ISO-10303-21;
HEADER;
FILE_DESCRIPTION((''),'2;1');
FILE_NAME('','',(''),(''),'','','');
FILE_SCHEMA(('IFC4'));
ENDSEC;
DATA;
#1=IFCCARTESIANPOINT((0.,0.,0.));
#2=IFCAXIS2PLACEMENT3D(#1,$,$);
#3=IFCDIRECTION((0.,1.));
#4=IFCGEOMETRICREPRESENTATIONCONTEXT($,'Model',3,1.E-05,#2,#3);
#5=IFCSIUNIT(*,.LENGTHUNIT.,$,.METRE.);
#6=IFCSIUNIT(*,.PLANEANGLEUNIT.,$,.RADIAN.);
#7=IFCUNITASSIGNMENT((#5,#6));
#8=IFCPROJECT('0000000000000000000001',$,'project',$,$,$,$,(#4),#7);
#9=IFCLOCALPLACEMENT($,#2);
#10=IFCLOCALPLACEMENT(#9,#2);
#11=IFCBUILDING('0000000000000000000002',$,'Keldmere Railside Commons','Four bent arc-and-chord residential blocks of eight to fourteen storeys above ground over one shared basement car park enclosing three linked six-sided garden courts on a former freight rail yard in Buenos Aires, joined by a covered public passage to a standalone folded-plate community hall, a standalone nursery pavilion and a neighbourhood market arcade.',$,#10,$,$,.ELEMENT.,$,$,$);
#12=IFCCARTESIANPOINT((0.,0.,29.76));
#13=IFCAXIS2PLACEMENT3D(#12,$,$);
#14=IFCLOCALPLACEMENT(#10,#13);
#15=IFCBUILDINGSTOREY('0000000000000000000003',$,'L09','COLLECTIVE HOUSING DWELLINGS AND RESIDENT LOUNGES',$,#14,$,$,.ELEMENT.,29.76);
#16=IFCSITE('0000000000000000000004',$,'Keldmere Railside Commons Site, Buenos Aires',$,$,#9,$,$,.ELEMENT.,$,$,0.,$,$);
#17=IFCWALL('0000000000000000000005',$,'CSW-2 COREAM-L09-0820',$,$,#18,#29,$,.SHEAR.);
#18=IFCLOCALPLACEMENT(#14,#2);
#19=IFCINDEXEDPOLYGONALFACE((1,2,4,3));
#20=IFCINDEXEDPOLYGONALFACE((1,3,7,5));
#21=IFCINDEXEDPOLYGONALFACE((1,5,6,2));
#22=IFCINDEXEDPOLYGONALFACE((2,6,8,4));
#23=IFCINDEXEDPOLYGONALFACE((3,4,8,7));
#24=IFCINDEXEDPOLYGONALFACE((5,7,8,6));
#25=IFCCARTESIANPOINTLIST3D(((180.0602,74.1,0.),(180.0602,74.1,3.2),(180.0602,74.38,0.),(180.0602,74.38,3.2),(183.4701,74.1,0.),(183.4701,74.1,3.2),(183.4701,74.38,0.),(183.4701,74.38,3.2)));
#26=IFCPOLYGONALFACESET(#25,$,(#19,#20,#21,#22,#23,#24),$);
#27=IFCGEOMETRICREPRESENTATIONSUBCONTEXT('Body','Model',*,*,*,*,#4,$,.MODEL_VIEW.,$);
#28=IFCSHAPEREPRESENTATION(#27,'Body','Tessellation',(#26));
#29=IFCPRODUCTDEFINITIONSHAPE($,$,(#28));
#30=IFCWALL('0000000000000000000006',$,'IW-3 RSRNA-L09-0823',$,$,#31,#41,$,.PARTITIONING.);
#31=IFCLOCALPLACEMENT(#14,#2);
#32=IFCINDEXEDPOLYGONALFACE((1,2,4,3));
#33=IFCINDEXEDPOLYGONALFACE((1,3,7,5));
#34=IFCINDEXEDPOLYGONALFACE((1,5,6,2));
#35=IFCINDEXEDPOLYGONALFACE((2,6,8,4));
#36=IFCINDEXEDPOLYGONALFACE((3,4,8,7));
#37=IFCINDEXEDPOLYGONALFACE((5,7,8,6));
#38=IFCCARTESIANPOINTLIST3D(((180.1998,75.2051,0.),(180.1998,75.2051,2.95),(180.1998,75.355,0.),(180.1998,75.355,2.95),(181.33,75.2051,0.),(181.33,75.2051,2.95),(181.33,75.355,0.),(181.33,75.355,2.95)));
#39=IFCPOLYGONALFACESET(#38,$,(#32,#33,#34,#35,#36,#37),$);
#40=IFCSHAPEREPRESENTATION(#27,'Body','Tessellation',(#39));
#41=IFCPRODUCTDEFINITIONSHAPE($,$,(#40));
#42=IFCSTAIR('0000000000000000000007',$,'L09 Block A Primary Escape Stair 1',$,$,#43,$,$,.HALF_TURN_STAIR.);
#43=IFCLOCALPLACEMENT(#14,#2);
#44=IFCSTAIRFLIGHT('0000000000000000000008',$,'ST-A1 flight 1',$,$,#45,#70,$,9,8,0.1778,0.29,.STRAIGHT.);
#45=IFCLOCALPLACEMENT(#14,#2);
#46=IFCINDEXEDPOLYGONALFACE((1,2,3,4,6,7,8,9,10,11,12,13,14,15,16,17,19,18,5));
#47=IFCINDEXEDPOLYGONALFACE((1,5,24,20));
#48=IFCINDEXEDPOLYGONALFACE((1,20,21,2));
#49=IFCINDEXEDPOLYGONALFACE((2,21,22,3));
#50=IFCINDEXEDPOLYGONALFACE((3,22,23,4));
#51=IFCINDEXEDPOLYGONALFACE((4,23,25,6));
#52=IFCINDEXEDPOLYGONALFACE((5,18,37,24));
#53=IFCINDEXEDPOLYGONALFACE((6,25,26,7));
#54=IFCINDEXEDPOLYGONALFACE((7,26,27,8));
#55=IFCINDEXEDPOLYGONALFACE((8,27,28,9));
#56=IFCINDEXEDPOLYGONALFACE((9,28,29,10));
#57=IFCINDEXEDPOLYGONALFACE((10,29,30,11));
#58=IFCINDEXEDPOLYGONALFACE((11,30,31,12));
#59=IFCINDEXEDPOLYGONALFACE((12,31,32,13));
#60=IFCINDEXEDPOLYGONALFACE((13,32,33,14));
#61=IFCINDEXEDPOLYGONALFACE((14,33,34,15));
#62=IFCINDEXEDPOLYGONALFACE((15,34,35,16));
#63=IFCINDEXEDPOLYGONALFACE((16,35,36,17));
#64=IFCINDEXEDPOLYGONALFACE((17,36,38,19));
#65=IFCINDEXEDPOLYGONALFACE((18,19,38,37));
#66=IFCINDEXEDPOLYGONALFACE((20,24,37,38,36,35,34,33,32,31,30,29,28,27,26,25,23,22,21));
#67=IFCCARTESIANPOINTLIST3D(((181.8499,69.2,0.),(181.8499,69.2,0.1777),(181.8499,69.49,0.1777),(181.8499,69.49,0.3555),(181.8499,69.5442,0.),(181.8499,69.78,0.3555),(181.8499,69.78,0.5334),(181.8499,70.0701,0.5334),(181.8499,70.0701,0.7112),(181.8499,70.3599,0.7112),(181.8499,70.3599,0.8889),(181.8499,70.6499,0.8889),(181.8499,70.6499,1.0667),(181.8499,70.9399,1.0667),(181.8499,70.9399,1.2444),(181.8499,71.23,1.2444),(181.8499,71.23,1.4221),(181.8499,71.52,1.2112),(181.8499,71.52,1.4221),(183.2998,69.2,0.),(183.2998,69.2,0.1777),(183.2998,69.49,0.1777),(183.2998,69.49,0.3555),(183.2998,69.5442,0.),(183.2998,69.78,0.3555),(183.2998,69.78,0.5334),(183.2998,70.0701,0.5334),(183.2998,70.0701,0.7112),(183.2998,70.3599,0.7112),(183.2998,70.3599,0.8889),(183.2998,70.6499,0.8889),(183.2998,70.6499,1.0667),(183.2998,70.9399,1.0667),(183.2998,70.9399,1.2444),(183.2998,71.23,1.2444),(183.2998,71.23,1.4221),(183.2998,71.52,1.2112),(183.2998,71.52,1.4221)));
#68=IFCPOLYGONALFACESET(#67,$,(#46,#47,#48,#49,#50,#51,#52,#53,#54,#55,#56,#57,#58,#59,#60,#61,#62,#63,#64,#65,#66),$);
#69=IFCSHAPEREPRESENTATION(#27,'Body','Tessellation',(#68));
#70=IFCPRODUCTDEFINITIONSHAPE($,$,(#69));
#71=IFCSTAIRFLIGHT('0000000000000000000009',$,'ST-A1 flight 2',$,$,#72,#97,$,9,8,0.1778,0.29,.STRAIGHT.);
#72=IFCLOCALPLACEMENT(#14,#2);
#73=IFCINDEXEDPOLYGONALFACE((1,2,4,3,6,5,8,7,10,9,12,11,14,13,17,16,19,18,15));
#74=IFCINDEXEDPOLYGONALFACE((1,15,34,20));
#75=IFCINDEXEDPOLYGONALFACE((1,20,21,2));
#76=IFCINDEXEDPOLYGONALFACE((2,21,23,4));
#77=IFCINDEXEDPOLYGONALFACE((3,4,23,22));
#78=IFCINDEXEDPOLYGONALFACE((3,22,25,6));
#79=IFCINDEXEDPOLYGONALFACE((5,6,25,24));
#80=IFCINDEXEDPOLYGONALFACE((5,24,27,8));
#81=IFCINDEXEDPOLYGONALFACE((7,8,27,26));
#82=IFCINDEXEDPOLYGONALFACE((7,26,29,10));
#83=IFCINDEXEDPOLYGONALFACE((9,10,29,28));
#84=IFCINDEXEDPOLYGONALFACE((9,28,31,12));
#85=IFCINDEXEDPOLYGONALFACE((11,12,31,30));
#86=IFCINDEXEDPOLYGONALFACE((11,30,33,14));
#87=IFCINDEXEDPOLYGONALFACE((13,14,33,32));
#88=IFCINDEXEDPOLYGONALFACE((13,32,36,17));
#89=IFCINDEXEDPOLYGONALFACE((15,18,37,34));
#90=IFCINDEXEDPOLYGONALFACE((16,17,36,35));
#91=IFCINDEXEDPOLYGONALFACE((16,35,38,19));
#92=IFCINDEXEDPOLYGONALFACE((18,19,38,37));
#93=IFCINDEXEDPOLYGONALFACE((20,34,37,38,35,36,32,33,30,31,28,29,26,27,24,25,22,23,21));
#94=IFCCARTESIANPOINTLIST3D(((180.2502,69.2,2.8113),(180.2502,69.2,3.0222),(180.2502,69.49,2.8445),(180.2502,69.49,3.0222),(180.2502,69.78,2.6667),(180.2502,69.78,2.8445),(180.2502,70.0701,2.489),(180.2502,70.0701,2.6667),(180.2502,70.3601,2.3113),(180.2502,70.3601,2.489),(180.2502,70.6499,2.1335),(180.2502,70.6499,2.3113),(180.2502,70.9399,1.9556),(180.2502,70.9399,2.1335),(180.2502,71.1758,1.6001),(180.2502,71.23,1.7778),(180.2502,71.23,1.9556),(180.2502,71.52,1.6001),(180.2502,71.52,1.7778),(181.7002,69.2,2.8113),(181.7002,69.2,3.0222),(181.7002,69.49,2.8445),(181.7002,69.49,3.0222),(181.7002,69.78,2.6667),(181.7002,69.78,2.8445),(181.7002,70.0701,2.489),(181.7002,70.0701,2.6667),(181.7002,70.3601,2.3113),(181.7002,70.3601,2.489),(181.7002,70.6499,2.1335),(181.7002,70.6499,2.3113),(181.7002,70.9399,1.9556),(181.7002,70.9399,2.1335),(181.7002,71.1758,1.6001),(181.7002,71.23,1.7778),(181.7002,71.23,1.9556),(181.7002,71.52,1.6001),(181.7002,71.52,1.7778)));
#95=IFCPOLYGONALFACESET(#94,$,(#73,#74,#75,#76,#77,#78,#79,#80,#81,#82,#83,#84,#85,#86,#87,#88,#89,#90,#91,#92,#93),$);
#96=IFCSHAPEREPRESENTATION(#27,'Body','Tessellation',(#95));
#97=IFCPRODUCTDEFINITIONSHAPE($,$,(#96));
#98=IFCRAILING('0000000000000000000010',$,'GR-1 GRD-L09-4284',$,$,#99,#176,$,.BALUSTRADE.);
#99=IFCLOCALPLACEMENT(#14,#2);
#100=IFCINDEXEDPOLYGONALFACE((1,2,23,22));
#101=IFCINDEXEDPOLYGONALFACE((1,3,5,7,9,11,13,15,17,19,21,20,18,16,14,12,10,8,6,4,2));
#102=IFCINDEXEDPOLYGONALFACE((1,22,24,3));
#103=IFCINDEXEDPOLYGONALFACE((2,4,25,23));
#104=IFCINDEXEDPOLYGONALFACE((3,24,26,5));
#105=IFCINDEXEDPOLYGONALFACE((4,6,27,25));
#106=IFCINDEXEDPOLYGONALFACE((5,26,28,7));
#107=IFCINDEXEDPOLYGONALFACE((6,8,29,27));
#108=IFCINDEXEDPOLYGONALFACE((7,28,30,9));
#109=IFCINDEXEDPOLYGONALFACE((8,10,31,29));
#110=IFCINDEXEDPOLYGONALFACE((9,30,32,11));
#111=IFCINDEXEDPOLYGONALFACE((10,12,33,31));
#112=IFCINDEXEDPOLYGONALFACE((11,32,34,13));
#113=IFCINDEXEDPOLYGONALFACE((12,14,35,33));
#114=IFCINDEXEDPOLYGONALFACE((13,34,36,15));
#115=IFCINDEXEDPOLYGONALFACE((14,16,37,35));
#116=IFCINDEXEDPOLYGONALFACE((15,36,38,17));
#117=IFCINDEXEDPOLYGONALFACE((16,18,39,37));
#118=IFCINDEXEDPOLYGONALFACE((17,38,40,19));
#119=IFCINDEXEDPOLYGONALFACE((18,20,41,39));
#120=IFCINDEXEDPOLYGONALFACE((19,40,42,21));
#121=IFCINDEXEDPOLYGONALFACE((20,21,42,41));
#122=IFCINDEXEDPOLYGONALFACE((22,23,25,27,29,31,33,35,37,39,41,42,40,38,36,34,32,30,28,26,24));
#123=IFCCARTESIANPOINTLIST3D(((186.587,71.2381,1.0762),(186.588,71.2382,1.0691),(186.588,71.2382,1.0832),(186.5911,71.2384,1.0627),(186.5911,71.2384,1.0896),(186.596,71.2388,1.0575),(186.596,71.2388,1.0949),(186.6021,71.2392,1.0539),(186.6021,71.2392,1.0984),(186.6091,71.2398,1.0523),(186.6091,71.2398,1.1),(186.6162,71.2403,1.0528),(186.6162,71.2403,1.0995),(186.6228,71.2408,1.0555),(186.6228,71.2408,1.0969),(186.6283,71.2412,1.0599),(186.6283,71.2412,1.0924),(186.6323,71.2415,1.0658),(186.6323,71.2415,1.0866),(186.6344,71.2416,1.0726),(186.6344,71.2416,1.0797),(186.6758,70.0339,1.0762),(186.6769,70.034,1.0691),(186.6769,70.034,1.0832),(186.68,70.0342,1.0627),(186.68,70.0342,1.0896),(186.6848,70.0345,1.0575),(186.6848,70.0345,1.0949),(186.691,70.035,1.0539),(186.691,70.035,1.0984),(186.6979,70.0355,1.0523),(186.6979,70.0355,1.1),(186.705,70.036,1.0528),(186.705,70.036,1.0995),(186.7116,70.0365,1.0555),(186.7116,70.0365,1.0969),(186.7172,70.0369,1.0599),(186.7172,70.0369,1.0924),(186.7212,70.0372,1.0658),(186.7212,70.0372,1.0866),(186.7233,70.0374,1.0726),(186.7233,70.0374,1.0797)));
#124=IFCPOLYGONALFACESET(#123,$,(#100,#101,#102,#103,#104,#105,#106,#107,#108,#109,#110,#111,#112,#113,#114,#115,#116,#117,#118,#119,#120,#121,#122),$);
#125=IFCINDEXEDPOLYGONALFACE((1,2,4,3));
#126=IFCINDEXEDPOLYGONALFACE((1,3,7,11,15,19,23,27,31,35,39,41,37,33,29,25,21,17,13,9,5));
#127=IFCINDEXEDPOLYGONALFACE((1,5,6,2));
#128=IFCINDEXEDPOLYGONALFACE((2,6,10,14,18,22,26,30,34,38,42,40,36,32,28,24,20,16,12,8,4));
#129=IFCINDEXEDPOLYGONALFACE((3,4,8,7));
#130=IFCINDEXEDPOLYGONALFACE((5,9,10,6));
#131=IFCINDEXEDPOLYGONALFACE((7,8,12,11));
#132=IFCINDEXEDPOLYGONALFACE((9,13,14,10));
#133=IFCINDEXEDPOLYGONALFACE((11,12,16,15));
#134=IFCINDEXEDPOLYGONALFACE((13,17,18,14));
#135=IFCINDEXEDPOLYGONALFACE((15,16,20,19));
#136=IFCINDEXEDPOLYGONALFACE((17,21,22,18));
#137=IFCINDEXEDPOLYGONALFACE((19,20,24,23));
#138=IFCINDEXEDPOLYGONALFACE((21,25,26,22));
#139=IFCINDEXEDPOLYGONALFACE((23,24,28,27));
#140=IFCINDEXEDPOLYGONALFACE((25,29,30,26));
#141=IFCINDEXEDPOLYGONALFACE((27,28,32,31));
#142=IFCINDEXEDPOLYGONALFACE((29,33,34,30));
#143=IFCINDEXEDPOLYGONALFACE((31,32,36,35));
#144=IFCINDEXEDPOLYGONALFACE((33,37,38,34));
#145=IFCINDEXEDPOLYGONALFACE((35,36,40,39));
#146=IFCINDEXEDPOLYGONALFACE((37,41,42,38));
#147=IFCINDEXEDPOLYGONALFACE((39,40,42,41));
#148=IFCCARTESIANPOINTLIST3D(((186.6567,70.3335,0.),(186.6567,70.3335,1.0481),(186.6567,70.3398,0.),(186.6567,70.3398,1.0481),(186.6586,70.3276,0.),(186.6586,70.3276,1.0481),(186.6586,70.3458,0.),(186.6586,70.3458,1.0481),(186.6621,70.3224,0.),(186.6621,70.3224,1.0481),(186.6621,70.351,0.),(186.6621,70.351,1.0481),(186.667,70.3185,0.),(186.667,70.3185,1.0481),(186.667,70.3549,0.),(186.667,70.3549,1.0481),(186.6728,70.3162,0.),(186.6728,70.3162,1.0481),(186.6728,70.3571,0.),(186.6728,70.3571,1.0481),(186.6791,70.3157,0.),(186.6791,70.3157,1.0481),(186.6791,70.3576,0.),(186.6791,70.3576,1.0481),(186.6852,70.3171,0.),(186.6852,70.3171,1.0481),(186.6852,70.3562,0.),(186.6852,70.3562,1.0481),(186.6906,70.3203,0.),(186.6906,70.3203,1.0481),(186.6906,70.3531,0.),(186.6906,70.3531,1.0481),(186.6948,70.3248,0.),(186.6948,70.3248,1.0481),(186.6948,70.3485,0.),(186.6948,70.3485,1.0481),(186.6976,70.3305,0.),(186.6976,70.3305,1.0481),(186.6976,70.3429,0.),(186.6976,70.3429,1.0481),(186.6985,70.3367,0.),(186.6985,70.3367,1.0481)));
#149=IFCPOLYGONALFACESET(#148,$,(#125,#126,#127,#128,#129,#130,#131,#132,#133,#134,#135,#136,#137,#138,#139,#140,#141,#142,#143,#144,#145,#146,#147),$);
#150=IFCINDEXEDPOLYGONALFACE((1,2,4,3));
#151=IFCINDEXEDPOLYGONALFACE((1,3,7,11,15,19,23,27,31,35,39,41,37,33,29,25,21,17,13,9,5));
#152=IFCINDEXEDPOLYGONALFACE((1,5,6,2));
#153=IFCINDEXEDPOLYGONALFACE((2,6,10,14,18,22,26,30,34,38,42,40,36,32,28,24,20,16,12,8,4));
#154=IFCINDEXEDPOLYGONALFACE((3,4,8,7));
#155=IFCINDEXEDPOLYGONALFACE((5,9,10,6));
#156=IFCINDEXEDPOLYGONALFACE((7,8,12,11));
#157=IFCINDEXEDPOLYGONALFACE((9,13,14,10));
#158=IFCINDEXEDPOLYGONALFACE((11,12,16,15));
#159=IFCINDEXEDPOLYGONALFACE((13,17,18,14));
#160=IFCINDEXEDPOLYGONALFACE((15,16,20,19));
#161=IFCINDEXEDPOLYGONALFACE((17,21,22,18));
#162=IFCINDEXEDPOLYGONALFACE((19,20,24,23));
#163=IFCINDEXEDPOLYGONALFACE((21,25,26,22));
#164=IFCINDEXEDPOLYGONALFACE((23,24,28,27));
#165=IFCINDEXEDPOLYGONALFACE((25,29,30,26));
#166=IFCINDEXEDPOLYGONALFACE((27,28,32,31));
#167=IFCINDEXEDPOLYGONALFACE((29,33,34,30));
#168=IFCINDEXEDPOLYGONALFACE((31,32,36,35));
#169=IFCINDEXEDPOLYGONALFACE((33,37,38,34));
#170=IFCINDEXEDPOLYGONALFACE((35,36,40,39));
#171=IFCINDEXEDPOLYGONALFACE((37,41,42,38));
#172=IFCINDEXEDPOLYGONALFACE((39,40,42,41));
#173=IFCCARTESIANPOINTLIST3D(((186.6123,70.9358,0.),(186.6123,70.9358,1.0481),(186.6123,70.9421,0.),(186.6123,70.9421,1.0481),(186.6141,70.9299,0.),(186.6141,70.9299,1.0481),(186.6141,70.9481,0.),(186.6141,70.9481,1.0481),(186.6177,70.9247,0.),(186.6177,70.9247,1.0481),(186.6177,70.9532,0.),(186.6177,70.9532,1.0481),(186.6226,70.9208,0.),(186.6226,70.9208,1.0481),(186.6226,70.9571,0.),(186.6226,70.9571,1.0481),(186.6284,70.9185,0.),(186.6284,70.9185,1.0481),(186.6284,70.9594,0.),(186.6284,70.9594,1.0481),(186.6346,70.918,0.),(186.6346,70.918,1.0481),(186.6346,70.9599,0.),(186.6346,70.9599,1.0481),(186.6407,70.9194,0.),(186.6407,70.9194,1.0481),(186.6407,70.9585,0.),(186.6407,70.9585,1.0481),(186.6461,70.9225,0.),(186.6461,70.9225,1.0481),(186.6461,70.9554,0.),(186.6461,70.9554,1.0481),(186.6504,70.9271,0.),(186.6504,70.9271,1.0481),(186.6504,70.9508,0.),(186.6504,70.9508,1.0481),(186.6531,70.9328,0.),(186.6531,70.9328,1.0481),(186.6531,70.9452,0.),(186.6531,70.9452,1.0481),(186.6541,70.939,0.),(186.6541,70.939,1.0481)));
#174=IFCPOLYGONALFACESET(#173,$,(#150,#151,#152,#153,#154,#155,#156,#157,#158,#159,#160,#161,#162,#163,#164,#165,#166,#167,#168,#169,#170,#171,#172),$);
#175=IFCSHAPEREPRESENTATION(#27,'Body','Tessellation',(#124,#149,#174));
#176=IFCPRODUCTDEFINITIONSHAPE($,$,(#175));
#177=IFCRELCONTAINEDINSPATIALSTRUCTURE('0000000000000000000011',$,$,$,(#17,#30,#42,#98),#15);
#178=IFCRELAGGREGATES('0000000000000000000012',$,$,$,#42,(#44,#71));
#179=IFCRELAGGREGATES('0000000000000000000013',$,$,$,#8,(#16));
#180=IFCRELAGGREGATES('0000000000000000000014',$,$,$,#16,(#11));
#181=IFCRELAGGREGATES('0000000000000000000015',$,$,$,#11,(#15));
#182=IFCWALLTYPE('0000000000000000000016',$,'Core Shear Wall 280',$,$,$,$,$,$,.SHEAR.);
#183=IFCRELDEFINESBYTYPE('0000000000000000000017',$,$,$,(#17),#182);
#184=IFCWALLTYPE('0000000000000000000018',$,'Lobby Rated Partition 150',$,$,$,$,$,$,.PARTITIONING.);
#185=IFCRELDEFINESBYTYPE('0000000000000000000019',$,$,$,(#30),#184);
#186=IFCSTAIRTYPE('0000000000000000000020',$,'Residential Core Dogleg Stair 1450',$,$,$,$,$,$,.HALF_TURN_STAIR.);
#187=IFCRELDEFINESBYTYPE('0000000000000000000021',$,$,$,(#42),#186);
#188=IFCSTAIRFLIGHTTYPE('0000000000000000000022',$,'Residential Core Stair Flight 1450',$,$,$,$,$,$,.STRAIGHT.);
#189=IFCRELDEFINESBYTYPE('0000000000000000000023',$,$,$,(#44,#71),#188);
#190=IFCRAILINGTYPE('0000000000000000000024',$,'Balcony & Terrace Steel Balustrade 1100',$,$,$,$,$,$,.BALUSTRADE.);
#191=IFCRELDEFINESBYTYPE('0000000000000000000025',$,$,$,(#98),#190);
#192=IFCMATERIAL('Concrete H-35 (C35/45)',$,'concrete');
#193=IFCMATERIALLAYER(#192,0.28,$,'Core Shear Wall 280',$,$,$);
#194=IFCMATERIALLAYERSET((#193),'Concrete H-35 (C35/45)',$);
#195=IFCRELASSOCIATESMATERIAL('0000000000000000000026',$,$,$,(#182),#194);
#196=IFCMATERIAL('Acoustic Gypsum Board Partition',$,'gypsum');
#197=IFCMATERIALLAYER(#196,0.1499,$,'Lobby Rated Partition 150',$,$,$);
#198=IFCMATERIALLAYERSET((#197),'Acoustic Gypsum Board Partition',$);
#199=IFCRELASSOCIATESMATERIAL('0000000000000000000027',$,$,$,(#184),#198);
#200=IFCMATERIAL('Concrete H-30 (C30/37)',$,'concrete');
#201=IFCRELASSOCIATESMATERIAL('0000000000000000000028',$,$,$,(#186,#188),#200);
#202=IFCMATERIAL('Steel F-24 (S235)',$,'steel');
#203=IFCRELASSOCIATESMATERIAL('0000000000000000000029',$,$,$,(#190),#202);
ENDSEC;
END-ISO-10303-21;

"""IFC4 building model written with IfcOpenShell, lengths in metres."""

from ifc_helpers import new_model, si_unit, direction, frame, frame_2d, origin, origin_2d, place, context, subcontext, project, spatial, polyline, rectangle, circle, outline, extrude, material, layer, layer_set, type_object, element, aggregate, save


model = new_model("IFC4")

# Units and contexts
model_context = context("Model", 3, precision=1e-05, world=origin(), true_north=direction((0.0, 1.0)))
body_context = subcontext(model_context, "Body", "Model", "MODEL_VIEW")
ifc_project = project(units=[si_unit("LENGTHUNIT", "METRE"), si_unit("PLANEANGLEUNIT", "RADIAN")], contexts=[model_context])

# Site, building, storey
site_placement = place(None, origin())
site = spatial("IfcSite", under=ifc_project, at=site_placement, Name="Keldmere Railside Commons Site, Buenos Aires", CompositionType="ELEMENT", RefElevation=0.0)
building_placement = place(site_placement, origin())
building = spatial("IfcBuilding", under=site, at=building_placement, Name="Keldmere Railside Commons", Description="Four bent arc-and-chord residential blocks of eight to fourteen storeys above ground over one shared basement car park enclosing three linked six-sided garden courts on a former freight rail yard in Buenos Aires, joined by a covered public passage to a standalone folded-plate community hall, a standalone nursery pavilion and a neighbourhood market arcade.", CompositionType="ELEMENT")
storey_placement = place(building_placement, frame((0.0, 0.0, 29.76)))
storey = spatial("IfcBuildingStorey", under=building, at=storey_placement, Name="L09", Description="COLLECTIVE HOUSING DWELLINGS AND RESIDENT LOUNGES", CompositionType="ELEMENT", Elevation=29.76)

# Wall
ifc_material_1 = material(Name="Concrete H-35 (C35/45)", Category="concrete")
ifc_layer_1 = layer(ifc_material_1, 0.28, Name="Core Shear Wall 280")
ifc_layer_set_1 = layer_set([ifc_layer_1], Name="Concrete H-35 (C35/45)")
wall_type_1 = type_object("IfcWallType", Name="Core Shear Wall 280", PredefinedType="SHEAR", material=ifc_layer_set_1)
wall_1_placement = place(storey_placement, frame((180.0601, 74.24, 0.0), z_axis=(0.0, 0.0, 1.0), x_axis=(1.0, 0.0, 0.0)))
element("IfcWall", 1, at=wall_1_placement, inside=storey, type_object=wall_type_1, Name="CSW-2 COREAM-L09-0820", PredefinedType="SHEAR", context=body_context, shape_type="SweptSolid", body=[
    extrude(rectangle(XDim=3.4099, YDim=0.28, at=frame_2d((1.7051, 0.0))), origin(), (0.0, 0.0, 1.0), 3.2),
])

# Shared definitions
ifc_material_2 = material(Name="Steel F-24 (S235)", Category="steel")

# Wall
ifc_material_3 = material(Name="Acoustic Gypsum Board Partition", Category="gypsum")
ifc_layer_2 = layer(ifc_material_3, 0.1499, Name="Lobby Rated Partition 150")
ifc_layer_set_2 = layer_set([ifc_layer_2], Name="Acoustic Gypsum Board Partition")
wall_type_2 = type_object("IfcWallType", Name="Lobby Rated Partition 150", PredefinedType="PARTITIONING", material=ifc_layer_set_2)
wall_2_placement = place(storey_placement, frame((180.2, 75.28, 0.0), z_axis=(0.0, 0.0, 1.0), x_axis=(1.0, 0.0, 0.0)))
element("IfcWall", 2, at=wall_2_placement, inside=storey, type_object=wall_type_2, Name="IW-3 RSRNA-L09-0823", PredefinedType="PARTITIONING", context=body_context, shape_type="SweptSolid", body=[
    extrude(rectangle(XDim=1.1301, YDim=0.1499, at=frame_2d((0.5649, 0.0))), origin(), (0.0, 0.0, 1.0), 2.95),
])

# Stair, stair flights
ifc_material_4 = material(Name="Concrete H-30 (C30/37)", Category="concrete")
stair_type = type_object("IfcStairType", Name="Residential Core Dogleg Stair 1450", PredefinedType="HALF_TURN_STAIR", material=ifc_material_4)
stair_placement = place(storey_placement, origin())
stair = element("IfcStair", 3, at=stair_placement, inside=storey, type_object=stair_type, Name="L09 Block A Primary Escape Stair 1", PredefinedType="HALF_TURN_STAIR")
stair_flight_type = type_object("IfcStairFlightType", Name="Residential Core Stair Flight 1450", PredefinedType="STRAIGHT", material=ifc_material_4)
stair_flight_1_placement = place(storey_placement, frame((182.575, 69.2, 0.0), z_axis=(0.0, 0.0, 1.0), x_axis=(0.0, 1.0, 0.0)))
stair_flight_1 = element("IfcStairFlight", 4, at=stair_flight_1_placement, type_object=stair_flight_type, Name="ST-A1 flight 1", NumberOfRisers=9, NumberOfTreads=8, PredefinedType="STRAIGHT", RiserHeight=0.1778, TreadLength=0.29, context=body_context, shape_type="SweptSolid", body=[
    extrude(outline(polyline([(0.0, 0.0), (0.0, 0.1777), (0.29, 0.1777), (0.29, 0.3555), (0.5801, 0.3555), (0.5801, 0.5334), (0.8701, 0.5334), (0.8701, 0.7112), (1.1599, 0.7112), (1.1599, 0.8889), (1.45, 0.8889), (1.45, 1.0667), (1.74, 1.0667), (1.74, 1.2444), (2.03, 1.2444), (2.03, 1.4221), (2.3201, 1.4221), (2.3201, 1.6001), (2.3201, 1.2112), (0.3442, 0.0), (0.0, 0.0)])), frame((0.0, 0.7251, 0.0), z_axis=(0.0, -1.0, 0.0), x_axis=(1.0, 0.0, 0.0)), (0.0, 0.0, 1.0), 1.45),
])
stair_flight_2_placement = place(storey_placement, frame((180.9751, 71.52, 1.6001), z_axis=(0.0, 0.0, 1.0), x_axis=(0.0, -1.0, 0.0)))
stair_flight_2 = element("IfcStairFlight", 5, at=stair_flight_2_placement, type_object=stair_flight_type, Name="ST-A1 flight 2", NumberOfRisers=9, NumberOfTreads=8, PredefinedType="STRAIGHT", RiserHeight=0.1778, TreadLength=0.29, context=body_context, shape_type="SweptSolid", body=[
    extrude(outline(polyline([(0.0, 0.0), (0.0, 0.1777), (0.29, 0.1777), (0.29, 0.3555), (0.5801, 0.3555), (0.5801, 0.5334), (0.8701, 0.5334), (0.8701, 0.7112), (1.1599, 0.7112), (1.1599, 0.8889), (1.45, 0.8889), (1.45, 1.0667), (1.74, 1.0667), (1.74, 1.2444), (2.03, 1.2444), (2.03, 1.4221), (2.3201, 1.4221), (2.3201, 1.6001), (2.3201, 1.2112), (0.3442, 0.0), (0.0, 0.0)])), frame((0.0, 0.7251, 0.0), z_axis=(0.0, -1.0, 0.0), x_axis=(1.0, 0.0, 0.0)), (0.0, 0.0, 1.0), 1.45),
])
aggregate(stair, [stair_flight_1, stair_flight_2])

# Railing
railing_type_1 = type_object("IfcRailingType", Name="Balcony & Terrace Steel Balustrade 1100", PredefinedType="BALUSTRADE", material=ifc_material_2)
railing_1_placement = place(storey_placement, frame((186.6997, 70.0356, 0.0)))
element("IfcRailing", 6, at=railing_1_placement, inside=storey, type_object=railing_type_1, Name="GR-1 GRD-L09-4284", PredefinedType="BALUSTRADE", context=body_context, shape_type="SweptSolid", body=[
    extrude(circle(Radius=0.0239, at=origin_2d()), frame((0.0, 0.0, 1.0762), z_axis=(-0.073589, 0.997289, 0.0), x_axis=(-0.997289, -0.073589, 0.0)), (0.0, 0.0, 1.0), 1.2075),
    extrude(circle(Radius=0.021, at=origin_2d()), frame((-0.0222, 0.301, 0.0)), (0.0, 0.0, 1.0), 1.0481),
    extrude(circle(Radius=0.021, at=origin_2d()), frame((-0.0667, 0.9033, 0.0)), (0.0, 0.0, 1.0), 1.0481),
])

save(model, "model.ifc")
